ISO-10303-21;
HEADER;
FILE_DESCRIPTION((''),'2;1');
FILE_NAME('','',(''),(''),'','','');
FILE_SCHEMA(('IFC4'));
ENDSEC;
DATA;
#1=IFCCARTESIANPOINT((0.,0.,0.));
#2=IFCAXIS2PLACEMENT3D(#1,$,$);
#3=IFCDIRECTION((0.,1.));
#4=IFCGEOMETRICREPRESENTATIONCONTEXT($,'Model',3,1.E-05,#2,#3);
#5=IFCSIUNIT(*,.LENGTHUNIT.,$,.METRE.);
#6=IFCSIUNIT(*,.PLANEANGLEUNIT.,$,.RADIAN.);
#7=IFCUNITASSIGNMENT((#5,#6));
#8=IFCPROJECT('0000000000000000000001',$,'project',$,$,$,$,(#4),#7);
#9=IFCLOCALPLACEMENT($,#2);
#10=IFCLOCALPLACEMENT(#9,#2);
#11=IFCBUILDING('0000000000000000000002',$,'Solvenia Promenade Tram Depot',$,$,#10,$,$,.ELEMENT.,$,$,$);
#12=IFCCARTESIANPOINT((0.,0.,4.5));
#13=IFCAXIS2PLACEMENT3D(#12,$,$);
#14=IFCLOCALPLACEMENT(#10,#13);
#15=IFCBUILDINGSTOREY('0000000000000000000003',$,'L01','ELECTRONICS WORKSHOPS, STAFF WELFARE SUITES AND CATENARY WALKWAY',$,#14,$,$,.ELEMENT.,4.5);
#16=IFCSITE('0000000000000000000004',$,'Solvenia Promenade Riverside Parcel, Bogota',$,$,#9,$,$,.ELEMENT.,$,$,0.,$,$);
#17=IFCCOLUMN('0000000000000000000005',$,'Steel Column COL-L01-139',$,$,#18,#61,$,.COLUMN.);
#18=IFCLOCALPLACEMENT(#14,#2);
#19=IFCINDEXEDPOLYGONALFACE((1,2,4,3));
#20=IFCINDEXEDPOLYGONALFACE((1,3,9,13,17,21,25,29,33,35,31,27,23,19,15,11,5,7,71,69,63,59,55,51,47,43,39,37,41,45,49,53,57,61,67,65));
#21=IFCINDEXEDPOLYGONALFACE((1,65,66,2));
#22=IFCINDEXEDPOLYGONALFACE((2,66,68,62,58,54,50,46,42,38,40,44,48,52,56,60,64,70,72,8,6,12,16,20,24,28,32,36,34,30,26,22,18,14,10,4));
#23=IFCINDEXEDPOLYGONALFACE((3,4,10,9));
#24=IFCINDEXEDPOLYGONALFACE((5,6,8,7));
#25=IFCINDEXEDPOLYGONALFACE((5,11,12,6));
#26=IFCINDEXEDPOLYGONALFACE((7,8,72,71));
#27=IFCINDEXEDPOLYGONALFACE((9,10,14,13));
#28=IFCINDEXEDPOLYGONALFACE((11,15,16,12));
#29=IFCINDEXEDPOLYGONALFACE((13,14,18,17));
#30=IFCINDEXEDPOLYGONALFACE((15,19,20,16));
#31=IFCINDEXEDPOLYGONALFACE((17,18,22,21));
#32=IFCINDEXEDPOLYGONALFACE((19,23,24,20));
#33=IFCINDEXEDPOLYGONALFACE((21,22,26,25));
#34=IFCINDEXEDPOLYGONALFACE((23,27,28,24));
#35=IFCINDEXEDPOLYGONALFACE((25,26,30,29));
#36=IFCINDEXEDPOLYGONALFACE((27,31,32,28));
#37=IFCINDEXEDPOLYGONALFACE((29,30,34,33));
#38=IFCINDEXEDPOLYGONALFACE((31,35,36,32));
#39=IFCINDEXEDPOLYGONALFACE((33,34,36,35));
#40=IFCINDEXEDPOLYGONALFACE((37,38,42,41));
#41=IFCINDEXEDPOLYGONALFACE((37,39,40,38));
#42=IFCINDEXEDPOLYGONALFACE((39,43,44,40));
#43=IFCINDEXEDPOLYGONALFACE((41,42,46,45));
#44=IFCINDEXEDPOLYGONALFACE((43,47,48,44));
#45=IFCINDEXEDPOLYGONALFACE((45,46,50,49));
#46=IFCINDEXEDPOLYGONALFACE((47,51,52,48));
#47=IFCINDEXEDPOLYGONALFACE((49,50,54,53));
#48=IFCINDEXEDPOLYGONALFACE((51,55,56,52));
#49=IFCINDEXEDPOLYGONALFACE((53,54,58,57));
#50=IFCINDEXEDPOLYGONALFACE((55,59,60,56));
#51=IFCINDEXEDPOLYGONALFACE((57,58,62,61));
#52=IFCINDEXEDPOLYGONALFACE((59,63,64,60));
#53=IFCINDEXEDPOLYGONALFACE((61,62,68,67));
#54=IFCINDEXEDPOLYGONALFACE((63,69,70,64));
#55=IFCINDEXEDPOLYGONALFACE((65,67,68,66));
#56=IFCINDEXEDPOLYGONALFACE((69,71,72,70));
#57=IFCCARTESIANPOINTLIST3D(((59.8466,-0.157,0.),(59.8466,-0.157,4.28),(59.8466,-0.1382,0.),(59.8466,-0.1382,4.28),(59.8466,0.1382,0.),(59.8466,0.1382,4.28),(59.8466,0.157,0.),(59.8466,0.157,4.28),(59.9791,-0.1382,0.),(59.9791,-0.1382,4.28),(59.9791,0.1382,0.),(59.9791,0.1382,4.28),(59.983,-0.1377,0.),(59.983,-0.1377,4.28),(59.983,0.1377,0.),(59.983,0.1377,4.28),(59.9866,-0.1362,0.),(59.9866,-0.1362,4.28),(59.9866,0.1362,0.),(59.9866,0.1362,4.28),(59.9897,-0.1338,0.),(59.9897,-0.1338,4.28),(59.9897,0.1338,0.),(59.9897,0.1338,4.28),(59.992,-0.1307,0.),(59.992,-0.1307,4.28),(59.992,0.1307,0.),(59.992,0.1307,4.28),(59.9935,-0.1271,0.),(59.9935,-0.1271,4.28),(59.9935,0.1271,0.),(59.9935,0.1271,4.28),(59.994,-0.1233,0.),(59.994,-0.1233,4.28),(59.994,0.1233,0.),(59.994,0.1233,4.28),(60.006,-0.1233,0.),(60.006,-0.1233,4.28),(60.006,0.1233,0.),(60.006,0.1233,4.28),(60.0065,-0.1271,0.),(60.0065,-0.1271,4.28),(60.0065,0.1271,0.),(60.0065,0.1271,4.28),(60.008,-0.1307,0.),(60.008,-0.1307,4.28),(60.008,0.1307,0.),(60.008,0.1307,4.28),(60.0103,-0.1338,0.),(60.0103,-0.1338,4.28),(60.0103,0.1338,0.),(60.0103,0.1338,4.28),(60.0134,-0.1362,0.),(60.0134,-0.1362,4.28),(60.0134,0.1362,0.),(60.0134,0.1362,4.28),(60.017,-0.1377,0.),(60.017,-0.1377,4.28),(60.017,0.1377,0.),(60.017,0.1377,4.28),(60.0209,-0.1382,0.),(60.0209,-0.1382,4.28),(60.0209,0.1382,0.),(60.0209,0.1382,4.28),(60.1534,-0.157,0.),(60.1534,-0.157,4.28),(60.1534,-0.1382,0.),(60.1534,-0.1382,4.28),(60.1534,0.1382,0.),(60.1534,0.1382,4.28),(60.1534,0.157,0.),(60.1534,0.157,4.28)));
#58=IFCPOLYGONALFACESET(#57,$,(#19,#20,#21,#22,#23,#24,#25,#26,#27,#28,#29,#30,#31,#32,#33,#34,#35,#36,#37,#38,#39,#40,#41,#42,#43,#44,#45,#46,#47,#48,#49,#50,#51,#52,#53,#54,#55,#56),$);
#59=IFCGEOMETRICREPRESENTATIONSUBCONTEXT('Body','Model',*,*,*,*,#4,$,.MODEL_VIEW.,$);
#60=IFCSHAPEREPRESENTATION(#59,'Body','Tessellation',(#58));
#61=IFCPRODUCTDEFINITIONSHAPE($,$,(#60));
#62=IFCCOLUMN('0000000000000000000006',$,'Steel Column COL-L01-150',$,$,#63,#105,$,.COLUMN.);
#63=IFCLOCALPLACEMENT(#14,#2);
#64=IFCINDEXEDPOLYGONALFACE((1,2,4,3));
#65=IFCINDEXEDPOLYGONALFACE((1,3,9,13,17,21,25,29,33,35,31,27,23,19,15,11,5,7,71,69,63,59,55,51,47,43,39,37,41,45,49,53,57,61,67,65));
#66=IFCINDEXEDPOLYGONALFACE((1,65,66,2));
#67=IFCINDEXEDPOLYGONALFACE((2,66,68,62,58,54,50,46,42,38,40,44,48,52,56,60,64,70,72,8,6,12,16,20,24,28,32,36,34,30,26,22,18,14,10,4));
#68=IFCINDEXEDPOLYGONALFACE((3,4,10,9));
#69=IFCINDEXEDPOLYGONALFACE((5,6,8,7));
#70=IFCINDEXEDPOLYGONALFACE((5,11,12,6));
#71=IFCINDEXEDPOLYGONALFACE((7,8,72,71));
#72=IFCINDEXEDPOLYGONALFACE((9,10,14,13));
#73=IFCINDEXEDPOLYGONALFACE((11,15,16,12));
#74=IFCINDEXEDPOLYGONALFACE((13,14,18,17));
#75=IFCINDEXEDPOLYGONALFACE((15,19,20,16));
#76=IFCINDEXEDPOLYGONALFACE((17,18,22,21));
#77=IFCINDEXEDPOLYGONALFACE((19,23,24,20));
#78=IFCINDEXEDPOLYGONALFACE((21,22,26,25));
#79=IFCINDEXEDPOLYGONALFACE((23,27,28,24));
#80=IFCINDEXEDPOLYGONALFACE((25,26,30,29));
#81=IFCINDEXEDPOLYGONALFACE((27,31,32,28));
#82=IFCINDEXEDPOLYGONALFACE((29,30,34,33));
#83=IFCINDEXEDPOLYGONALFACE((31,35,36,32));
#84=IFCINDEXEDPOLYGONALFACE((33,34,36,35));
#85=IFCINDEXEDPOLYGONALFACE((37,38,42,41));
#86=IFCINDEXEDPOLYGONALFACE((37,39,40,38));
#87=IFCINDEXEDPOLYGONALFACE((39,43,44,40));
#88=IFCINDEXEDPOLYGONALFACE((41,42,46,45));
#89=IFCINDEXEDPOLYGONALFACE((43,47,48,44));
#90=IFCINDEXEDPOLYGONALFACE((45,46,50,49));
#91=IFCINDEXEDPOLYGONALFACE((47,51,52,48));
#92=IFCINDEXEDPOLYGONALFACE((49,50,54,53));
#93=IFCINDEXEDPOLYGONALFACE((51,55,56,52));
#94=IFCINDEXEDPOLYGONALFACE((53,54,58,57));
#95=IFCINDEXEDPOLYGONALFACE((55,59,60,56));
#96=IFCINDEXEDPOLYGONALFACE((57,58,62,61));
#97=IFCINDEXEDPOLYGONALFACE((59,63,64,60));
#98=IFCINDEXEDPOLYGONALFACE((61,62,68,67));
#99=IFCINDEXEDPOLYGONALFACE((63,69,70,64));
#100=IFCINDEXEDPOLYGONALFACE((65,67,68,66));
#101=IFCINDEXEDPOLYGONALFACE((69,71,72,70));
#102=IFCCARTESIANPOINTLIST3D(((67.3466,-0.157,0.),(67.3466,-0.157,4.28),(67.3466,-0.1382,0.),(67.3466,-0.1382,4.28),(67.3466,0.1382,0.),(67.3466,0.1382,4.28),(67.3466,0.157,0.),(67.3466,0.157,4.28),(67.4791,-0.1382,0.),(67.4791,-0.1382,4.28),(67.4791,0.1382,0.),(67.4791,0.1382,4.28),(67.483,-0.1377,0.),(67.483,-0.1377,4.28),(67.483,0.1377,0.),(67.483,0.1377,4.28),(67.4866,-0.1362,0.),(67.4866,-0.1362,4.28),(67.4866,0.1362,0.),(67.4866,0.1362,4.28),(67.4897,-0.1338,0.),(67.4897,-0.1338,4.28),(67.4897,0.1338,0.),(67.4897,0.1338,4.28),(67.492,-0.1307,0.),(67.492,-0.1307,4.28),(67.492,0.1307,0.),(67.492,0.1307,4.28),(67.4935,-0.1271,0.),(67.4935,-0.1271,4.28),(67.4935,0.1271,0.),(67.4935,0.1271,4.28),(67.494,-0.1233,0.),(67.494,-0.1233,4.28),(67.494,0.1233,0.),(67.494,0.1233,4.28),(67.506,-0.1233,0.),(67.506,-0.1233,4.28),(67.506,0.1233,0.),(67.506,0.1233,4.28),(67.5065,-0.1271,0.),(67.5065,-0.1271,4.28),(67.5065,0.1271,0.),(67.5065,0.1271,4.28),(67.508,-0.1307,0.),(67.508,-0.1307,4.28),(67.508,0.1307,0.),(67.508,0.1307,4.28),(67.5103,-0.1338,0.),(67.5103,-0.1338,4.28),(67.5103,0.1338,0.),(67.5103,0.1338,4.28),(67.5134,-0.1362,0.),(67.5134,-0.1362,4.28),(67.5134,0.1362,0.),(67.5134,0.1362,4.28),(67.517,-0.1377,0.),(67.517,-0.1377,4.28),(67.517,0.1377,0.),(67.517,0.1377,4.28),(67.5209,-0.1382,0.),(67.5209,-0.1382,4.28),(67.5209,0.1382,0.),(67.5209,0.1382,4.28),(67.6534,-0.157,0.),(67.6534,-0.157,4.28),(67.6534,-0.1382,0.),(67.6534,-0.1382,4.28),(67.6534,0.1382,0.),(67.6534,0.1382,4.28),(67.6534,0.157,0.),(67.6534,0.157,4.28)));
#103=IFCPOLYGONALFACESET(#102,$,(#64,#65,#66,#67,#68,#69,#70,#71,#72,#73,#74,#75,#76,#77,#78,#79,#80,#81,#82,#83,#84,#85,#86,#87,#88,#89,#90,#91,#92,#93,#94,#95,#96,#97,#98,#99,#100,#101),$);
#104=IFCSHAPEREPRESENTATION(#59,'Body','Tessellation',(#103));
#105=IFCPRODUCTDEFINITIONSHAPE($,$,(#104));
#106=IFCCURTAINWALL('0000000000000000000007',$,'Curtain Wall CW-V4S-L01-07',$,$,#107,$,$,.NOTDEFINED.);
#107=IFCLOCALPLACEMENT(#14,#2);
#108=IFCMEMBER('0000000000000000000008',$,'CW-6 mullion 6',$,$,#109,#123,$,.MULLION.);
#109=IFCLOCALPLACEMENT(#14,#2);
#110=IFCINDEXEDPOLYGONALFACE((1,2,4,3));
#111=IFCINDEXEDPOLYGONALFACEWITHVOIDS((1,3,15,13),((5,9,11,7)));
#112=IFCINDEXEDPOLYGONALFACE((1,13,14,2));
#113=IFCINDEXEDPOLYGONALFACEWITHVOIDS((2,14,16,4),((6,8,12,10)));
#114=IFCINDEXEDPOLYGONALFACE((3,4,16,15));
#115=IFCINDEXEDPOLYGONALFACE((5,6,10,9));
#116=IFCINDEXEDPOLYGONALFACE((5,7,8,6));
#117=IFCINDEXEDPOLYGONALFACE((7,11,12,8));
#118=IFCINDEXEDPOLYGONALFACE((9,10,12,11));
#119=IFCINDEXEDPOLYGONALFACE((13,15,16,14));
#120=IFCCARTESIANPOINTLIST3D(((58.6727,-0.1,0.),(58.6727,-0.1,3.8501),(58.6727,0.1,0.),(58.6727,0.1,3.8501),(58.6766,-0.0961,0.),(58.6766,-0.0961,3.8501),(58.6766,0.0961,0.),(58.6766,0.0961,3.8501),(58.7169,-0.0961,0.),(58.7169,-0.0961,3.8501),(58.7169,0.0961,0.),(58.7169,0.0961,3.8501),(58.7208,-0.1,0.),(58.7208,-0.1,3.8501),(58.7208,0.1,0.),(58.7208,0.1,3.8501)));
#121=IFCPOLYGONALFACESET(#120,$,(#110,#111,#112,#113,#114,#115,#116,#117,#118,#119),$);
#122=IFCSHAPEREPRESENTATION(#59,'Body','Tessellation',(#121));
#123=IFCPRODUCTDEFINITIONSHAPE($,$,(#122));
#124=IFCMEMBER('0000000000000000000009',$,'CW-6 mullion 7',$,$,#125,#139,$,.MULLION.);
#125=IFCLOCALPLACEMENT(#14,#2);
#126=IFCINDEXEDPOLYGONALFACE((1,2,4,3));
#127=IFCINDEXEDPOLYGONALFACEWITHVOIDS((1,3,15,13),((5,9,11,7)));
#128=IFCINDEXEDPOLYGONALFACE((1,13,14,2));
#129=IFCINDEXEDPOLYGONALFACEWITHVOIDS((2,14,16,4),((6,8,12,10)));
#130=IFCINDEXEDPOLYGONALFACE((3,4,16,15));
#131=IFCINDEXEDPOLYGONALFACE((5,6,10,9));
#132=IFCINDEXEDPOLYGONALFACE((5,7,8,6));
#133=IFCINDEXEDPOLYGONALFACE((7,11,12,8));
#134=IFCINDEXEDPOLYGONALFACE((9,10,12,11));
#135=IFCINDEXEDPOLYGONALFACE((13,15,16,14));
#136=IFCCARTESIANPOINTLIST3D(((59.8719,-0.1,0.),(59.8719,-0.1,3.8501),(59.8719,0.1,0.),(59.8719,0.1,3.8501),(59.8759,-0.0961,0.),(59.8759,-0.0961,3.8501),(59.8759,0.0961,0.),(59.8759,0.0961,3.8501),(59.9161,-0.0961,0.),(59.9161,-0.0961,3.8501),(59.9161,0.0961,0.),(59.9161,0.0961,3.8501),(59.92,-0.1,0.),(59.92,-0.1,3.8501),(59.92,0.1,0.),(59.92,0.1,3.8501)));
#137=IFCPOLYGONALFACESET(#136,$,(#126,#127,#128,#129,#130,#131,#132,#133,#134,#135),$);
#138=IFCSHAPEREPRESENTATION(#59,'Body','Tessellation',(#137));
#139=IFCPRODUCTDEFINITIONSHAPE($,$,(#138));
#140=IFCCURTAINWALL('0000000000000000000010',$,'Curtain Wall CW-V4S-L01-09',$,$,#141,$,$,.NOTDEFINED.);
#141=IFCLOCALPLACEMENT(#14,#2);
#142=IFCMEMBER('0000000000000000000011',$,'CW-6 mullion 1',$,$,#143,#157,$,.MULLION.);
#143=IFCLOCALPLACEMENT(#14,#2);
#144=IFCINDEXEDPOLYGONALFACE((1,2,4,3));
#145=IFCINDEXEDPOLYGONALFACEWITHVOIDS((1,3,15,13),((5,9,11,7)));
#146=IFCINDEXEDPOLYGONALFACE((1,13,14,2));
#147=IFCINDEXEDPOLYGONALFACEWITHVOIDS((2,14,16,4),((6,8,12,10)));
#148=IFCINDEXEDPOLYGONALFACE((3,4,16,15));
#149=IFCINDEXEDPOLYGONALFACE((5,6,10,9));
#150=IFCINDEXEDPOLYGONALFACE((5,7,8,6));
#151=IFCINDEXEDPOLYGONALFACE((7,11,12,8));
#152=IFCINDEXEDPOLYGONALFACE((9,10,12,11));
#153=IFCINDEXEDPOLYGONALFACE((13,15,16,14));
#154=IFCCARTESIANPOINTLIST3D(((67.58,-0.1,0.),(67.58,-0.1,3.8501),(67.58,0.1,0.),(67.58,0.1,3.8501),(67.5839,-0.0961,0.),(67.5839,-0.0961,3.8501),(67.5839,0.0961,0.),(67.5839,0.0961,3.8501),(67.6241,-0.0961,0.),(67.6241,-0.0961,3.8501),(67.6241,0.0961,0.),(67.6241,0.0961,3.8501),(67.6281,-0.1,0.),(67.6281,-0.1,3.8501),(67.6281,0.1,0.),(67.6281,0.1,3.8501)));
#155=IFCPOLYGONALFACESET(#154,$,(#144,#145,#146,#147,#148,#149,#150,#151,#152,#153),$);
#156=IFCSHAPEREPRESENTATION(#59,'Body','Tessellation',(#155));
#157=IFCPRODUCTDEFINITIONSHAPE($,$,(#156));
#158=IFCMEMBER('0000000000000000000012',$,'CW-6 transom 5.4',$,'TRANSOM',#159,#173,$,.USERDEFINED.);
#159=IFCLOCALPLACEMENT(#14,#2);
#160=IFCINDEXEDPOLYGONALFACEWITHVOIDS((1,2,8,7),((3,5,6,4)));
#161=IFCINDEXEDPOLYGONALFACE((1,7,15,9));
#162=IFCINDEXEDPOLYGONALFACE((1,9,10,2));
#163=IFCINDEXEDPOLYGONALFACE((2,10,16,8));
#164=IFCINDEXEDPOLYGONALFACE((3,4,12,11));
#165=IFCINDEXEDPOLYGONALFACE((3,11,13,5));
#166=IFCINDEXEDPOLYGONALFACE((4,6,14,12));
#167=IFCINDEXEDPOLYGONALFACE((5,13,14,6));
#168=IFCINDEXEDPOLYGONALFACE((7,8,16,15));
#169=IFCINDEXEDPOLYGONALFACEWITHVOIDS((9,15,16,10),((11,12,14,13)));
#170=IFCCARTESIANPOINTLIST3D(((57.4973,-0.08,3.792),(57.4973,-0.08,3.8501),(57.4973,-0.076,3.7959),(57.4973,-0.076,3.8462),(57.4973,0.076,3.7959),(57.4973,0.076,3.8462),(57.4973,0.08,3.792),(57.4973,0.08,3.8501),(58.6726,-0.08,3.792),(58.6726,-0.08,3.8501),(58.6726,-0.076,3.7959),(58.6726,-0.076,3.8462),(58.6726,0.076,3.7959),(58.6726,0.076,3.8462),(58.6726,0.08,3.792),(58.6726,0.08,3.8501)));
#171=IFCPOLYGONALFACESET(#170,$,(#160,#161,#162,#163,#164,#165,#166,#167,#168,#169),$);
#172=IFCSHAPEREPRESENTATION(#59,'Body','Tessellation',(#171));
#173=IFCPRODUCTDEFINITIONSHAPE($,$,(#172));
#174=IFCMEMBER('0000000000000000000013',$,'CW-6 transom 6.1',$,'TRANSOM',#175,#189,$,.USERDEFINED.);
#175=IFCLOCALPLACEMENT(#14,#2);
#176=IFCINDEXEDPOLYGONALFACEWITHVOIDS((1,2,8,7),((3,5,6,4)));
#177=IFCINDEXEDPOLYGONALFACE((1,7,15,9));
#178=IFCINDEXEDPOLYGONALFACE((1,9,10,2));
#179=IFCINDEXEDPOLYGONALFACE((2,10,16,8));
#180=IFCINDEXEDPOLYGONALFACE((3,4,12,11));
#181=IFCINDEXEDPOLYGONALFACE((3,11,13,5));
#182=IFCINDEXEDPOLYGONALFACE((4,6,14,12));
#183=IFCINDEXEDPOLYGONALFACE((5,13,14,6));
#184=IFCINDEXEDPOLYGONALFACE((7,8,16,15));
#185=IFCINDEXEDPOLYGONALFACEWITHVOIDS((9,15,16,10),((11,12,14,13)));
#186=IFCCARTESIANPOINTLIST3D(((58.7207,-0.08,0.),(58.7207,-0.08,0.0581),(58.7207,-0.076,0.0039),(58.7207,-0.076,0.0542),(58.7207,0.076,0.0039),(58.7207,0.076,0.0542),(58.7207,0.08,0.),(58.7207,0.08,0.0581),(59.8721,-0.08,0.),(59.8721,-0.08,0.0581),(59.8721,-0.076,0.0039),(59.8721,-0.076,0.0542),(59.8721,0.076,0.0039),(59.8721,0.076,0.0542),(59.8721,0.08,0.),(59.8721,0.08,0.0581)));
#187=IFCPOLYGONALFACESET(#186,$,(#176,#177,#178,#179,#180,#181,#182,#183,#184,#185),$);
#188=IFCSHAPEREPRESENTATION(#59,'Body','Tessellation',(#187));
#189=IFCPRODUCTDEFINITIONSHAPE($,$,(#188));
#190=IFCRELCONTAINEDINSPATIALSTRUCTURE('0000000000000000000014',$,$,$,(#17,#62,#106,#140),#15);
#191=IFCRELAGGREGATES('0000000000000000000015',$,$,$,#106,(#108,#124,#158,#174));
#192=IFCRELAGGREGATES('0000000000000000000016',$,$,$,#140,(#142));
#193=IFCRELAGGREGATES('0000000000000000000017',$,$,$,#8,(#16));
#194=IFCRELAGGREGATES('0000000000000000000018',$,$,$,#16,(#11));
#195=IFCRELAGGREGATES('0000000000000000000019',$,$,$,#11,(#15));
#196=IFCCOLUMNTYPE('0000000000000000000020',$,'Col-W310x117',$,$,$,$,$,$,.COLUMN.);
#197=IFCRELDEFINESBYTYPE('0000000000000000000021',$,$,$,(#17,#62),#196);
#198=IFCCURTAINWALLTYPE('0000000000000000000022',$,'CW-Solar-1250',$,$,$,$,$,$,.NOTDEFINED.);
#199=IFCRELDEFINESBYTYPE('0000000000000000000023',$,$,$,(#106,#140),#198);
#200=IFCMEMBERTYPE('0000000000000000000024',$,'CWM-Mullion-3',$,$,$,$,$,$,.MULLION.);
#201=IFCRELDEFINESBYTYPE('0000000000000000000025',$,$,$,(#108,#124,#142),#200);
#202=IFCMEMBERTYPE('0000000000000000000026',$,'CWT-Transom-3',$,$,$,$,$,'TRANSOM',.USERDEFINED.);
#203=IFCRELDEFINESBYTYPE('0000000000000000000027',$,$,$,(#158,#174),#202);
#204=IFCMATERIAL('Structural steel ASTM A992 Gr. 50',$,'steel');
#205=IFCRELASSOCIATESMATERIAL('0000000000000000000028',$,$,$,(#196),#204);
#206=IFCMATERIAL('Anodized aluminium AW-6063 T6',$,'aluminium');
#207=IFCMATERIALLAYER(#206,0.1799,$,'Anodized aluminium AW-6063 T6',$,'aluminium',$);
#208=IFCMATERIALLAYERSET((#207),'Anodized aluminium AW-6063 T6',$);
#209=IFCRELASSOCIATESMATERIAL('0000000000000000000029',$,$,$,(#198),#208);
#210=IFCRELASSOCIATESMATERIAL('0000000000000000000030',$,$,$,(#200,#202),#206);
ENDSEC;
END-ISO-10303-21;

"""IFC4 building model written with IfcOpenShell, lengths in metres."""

from ifc_helpers import new_model, si_unit, direction, frame, origin, origin_2d, place, context, subcontext, project, spatial, hollow_rectangle, i_section, extrude, material, layer, layer_set, material_profile, profile_set, type_object, element, aggregate, save


model = new_model("IFC4")

# Units and contexts
model_context = context("Model", 3, precision=1e-05, world=origin(), true_north=direction((0.0, 1.0)))
body_context = subcontext(model_context, "Body", "Model", "MODEL_VIEW")
ifc_project = project(units=[si_unit("LENGTHUNIT", "METRE"), si_unit("PLANEANGLEUNIT", "RADIAN")], contexts=[model_context])

# Site, building, storey
site_placement = place(None, origin())
site = spatial("IfcSite", under=ifc_project, at=site_placement, Name="Solvenia Promenade Riverside Parcel, Bogota", CompositionType="ELEMENT", RefElevation=0.0)
building_placement = place(site_placement, origin())
building = spatial("IfcBuilding", under=site, at=building_placement, Name="Solvenia Promenade Tram Depot", CompositionType="ELEMENT")
storey_placement = place(building_placement, frame((0.0, 0.0, 4.5)))
storey = spatial("IfcBuildingStorey", under=building, at=storey_placement, Name="L01", Description="ELECTRONICS WORKSHOPS, STAFF WELFARE SUITES AND CATENARY WALKWAY", CompositionType="ELEMENT", Elevation=4.5)

# Columns
ifc_material_1 = material(Name="Structural steel ASTM A992 Gr. 50", Category="steel")
ifc_material_profile_1 = material_profile(ifc_material_1, i_section(OverallWidth=0.3069, OverallDepth=0.314, WebThickness=0.012, FlangeThickness=0.0188, FilletRadius=0.0149, at=origin_2d()), Name="W310x117", Category="steel")
ifc_profile_set_1 = profile_set([ifc_material_profile_1], Name="Structural steel ASTM A992 Gr. 50")
column_type = type_object("IfcColumnType", Name="Col-W310x117", PredefinedType="COLUMN", material=ifc_profile_set_1)
for number, where, z_axis, x_axis, name in (
    (1, (60.0, 0.0, 0.0), (0.0, 0.0, 1.0), (1.0, 0.0, 0.0), "Steel Column COL-L01-139"),
    (2, (67.5, 0.0, 0.0), (0.0, 0.0, 1.0), (1.0, 0.0, 0.0), "Steel Column COL-L01-150"),
):
    element("IfcColumn", number, at=place(storey_placement, frame(where, z_axis=z_axis, x_axis=x_axis)), inside=storey, type_object=column_type, Name=name, PredefinedType="COLUMN", context=body_context, shape_type="SweptSolid", body=[
        extrude(i_section(OverallWidth=0.3069, OverallDepth=0.314, WebThickness=0.012, FlangeThickness=0.0188, FilletRadius=0.0149, at=origin_2d()), origin(), (0.0, 0.0, 1.0), 4.28),
    ])

# Curtain wall, members
ifc_material_2 = material(Name="Anodized aluminium AW-6063 T6", Category="aluminium")
ifc_layer_1 = layer(ifc_material_2, 0.1799, Name="Anodized aluminium AW-6063 T6", Category="aluminium")
ifc_layer_set_1 = layer_set([ifc_layer_1], Name="Anodized aluminium AW-6063 T6")
curtain_wall_type = type_object("IfcCurtainWallType", Name="CW-Solar-1250", PredefinedType="NOTDEFINED", material=ifc_layer_set_1)
curtain_wall_1_placement = place(storey_placement, origin())
curtain_wall_1 = element("IfcCurtainWall", 3, at=curtain_wall_1_placement, inside=storey, type_object=curtain_wall_type, Name="Curtain Wall CW-V4S-L01-07", PredefinedType="NOTDEFINED")
ifc_material_profile_2 = material_profile(ifc_material_2, hollow_rectangle(XDim=0.2, YDim=0.0481, WallThickness=0.0039, at=origin_2d()), Name="ALU-M3", Category="aluminium")
ifc_profile_set_2 = profile_set([ifc_material_profile_2], Name="Anodized aluminium AW-6063 T6")
member_type_1 = type_object("IfcMemberType", Name="CWM-Mullion-3", PredefinedType="MULLION", material=ifc_profile_set_2)
member_1_placement = place(storey_placement, frame((58.6968, 0.0, 0.0), z_axis=(0.0, 0.0, 1.0), x_axis=(0.0, 1.0, 0.0)))
member_1 = element("IfcMember", 4, at=member_1_placement, type_object=member_type_1, Name="CW-6 mullion 6", PredefinedType="MULLION", context=body_context, shape_type="SweptSolid", body=[
    extrude(hollow_rectangle(XDim=0.2, YDim=0.0481, WallThickness=0.0039, at=origin_2d()), origin(), (0.0, 0.0, 1.0), 3.8501),
])
member_2_placement = place(storey_placement, frame((59.896, 0.0, 0.0), z_axis=(0.0, 0.0, 1.0), x_axis=(0.0, 1.0, 0.0)))
member_2 = element("IfcMember", 5, at=member_2_placement, type_object=member_type_1, Name="CW-6 mullion 7", PredefinedType="MULLION", context=body_context, shape_type="SweptSolid", body=[
    extrude(hollow_rectangle(XDim=0.2, YDim=0.0481, WallThickness=0.0039, at=origin_2d()), origin(), (0.0, 0.0, 1.0), 3.8501),
])

# Curtain wall, member
curtain_wall_2_placement = place(storey_placement, origin())
curtain_wall_2 = element("IfcCurtainWall", 6, at=curtain_wall_2_placement, inside=storey, type_object=curtain_wall_type, Name="Curtain Wall CW-V4S-L01-09", PredefinedType="NOTDEFINED")
member_3_placement = place(storey_placement, frame((67.604, 0.0, 0.0), z_axis=(0.0, 0.0, 1.0), x_axis=(0.0, 1.0, 0.0)))
member_3 = element("IfcMember", 7, at=member_3_placement, type_object=member_type_1, Name="CW-6 mullion 1", PredefinedType="MULLION", context=body_context, shape_type="SweptSolid", body=[
    extrude(hollow_rectangle(XDim=0.2, YDim=0.0481, WallThickness=0.0039, at=origin_2d()), origin(), (0.0, 0.0, 1.0), 3.8501),
])

# Members
ifc_material_profile_3 = material_profile(ifc_material_2, hollow_rectangle(XDim=0.1599, YDim=0.0581, WallThickness=0.0039, at=origin_2d()), Name="ALU-T3", Category="aluminium")
ifc_profile_set_3 = profile_set([ifc_material_profile_3], Name="Anodized aluminium AW-6063 T6")
member_type_2 = type_object("IfcMemberType", Name="CWT-Transom-3", ElementType="TRANSOM", PredefinedType="USERDEFINED", material=ifc_profile_set_3)
member_4_placement = place(storey_placement, frame((57.4973, 0.0, 3.821), z_axis=(1.0, 0.0, 0.0), x_axis=(0.0, 1.0, 0.0)))
member_4 = element("IfcMember", 8, at=member_4_placement, type_object=member_type_2, Name="CW-6 transom 5.4", ObjectType="TRANSOM", PredefinedType="USERDEFINED", context=body_context, shape_type="SweptSolid", body=[
    extrude(hollow_rectangle(XDim=0.1599, YDim=0.0581, WallThickness=0.0039, at=origin_2d()), origin(), (0.0, 0.0, 1.0), 1.1753),
])
member_5_placement = place(storey_placement, frame((58.7207, 0.0, 0.0291), z_axis=(1.0, 0.0, 0.0), x_axis=(0.0, 1.0, 0.0)))
member_5 = element("IfcMember", 9, at=member_5_placement, type_object=member_type_2, Name="CW-6 transom 6.1", ObjectType="TRANSOM", PredefinedType="USERDEFINED", context=body_context, shape_type="SweptSolid", body=[
    extrude(hollow_rectangle(XDim=0.1599, YDim=0.0581, WallThickness=0.0039, at=origin_2d()), origin(), (0.0, 0.0, 1.0), 1.1514),
])

aggregate(curtain_wall_1, [member_1, member_2, member_4, member_5])
aggregate(curtain_wall_2, [member_3])

save(model, "model.ifc")
